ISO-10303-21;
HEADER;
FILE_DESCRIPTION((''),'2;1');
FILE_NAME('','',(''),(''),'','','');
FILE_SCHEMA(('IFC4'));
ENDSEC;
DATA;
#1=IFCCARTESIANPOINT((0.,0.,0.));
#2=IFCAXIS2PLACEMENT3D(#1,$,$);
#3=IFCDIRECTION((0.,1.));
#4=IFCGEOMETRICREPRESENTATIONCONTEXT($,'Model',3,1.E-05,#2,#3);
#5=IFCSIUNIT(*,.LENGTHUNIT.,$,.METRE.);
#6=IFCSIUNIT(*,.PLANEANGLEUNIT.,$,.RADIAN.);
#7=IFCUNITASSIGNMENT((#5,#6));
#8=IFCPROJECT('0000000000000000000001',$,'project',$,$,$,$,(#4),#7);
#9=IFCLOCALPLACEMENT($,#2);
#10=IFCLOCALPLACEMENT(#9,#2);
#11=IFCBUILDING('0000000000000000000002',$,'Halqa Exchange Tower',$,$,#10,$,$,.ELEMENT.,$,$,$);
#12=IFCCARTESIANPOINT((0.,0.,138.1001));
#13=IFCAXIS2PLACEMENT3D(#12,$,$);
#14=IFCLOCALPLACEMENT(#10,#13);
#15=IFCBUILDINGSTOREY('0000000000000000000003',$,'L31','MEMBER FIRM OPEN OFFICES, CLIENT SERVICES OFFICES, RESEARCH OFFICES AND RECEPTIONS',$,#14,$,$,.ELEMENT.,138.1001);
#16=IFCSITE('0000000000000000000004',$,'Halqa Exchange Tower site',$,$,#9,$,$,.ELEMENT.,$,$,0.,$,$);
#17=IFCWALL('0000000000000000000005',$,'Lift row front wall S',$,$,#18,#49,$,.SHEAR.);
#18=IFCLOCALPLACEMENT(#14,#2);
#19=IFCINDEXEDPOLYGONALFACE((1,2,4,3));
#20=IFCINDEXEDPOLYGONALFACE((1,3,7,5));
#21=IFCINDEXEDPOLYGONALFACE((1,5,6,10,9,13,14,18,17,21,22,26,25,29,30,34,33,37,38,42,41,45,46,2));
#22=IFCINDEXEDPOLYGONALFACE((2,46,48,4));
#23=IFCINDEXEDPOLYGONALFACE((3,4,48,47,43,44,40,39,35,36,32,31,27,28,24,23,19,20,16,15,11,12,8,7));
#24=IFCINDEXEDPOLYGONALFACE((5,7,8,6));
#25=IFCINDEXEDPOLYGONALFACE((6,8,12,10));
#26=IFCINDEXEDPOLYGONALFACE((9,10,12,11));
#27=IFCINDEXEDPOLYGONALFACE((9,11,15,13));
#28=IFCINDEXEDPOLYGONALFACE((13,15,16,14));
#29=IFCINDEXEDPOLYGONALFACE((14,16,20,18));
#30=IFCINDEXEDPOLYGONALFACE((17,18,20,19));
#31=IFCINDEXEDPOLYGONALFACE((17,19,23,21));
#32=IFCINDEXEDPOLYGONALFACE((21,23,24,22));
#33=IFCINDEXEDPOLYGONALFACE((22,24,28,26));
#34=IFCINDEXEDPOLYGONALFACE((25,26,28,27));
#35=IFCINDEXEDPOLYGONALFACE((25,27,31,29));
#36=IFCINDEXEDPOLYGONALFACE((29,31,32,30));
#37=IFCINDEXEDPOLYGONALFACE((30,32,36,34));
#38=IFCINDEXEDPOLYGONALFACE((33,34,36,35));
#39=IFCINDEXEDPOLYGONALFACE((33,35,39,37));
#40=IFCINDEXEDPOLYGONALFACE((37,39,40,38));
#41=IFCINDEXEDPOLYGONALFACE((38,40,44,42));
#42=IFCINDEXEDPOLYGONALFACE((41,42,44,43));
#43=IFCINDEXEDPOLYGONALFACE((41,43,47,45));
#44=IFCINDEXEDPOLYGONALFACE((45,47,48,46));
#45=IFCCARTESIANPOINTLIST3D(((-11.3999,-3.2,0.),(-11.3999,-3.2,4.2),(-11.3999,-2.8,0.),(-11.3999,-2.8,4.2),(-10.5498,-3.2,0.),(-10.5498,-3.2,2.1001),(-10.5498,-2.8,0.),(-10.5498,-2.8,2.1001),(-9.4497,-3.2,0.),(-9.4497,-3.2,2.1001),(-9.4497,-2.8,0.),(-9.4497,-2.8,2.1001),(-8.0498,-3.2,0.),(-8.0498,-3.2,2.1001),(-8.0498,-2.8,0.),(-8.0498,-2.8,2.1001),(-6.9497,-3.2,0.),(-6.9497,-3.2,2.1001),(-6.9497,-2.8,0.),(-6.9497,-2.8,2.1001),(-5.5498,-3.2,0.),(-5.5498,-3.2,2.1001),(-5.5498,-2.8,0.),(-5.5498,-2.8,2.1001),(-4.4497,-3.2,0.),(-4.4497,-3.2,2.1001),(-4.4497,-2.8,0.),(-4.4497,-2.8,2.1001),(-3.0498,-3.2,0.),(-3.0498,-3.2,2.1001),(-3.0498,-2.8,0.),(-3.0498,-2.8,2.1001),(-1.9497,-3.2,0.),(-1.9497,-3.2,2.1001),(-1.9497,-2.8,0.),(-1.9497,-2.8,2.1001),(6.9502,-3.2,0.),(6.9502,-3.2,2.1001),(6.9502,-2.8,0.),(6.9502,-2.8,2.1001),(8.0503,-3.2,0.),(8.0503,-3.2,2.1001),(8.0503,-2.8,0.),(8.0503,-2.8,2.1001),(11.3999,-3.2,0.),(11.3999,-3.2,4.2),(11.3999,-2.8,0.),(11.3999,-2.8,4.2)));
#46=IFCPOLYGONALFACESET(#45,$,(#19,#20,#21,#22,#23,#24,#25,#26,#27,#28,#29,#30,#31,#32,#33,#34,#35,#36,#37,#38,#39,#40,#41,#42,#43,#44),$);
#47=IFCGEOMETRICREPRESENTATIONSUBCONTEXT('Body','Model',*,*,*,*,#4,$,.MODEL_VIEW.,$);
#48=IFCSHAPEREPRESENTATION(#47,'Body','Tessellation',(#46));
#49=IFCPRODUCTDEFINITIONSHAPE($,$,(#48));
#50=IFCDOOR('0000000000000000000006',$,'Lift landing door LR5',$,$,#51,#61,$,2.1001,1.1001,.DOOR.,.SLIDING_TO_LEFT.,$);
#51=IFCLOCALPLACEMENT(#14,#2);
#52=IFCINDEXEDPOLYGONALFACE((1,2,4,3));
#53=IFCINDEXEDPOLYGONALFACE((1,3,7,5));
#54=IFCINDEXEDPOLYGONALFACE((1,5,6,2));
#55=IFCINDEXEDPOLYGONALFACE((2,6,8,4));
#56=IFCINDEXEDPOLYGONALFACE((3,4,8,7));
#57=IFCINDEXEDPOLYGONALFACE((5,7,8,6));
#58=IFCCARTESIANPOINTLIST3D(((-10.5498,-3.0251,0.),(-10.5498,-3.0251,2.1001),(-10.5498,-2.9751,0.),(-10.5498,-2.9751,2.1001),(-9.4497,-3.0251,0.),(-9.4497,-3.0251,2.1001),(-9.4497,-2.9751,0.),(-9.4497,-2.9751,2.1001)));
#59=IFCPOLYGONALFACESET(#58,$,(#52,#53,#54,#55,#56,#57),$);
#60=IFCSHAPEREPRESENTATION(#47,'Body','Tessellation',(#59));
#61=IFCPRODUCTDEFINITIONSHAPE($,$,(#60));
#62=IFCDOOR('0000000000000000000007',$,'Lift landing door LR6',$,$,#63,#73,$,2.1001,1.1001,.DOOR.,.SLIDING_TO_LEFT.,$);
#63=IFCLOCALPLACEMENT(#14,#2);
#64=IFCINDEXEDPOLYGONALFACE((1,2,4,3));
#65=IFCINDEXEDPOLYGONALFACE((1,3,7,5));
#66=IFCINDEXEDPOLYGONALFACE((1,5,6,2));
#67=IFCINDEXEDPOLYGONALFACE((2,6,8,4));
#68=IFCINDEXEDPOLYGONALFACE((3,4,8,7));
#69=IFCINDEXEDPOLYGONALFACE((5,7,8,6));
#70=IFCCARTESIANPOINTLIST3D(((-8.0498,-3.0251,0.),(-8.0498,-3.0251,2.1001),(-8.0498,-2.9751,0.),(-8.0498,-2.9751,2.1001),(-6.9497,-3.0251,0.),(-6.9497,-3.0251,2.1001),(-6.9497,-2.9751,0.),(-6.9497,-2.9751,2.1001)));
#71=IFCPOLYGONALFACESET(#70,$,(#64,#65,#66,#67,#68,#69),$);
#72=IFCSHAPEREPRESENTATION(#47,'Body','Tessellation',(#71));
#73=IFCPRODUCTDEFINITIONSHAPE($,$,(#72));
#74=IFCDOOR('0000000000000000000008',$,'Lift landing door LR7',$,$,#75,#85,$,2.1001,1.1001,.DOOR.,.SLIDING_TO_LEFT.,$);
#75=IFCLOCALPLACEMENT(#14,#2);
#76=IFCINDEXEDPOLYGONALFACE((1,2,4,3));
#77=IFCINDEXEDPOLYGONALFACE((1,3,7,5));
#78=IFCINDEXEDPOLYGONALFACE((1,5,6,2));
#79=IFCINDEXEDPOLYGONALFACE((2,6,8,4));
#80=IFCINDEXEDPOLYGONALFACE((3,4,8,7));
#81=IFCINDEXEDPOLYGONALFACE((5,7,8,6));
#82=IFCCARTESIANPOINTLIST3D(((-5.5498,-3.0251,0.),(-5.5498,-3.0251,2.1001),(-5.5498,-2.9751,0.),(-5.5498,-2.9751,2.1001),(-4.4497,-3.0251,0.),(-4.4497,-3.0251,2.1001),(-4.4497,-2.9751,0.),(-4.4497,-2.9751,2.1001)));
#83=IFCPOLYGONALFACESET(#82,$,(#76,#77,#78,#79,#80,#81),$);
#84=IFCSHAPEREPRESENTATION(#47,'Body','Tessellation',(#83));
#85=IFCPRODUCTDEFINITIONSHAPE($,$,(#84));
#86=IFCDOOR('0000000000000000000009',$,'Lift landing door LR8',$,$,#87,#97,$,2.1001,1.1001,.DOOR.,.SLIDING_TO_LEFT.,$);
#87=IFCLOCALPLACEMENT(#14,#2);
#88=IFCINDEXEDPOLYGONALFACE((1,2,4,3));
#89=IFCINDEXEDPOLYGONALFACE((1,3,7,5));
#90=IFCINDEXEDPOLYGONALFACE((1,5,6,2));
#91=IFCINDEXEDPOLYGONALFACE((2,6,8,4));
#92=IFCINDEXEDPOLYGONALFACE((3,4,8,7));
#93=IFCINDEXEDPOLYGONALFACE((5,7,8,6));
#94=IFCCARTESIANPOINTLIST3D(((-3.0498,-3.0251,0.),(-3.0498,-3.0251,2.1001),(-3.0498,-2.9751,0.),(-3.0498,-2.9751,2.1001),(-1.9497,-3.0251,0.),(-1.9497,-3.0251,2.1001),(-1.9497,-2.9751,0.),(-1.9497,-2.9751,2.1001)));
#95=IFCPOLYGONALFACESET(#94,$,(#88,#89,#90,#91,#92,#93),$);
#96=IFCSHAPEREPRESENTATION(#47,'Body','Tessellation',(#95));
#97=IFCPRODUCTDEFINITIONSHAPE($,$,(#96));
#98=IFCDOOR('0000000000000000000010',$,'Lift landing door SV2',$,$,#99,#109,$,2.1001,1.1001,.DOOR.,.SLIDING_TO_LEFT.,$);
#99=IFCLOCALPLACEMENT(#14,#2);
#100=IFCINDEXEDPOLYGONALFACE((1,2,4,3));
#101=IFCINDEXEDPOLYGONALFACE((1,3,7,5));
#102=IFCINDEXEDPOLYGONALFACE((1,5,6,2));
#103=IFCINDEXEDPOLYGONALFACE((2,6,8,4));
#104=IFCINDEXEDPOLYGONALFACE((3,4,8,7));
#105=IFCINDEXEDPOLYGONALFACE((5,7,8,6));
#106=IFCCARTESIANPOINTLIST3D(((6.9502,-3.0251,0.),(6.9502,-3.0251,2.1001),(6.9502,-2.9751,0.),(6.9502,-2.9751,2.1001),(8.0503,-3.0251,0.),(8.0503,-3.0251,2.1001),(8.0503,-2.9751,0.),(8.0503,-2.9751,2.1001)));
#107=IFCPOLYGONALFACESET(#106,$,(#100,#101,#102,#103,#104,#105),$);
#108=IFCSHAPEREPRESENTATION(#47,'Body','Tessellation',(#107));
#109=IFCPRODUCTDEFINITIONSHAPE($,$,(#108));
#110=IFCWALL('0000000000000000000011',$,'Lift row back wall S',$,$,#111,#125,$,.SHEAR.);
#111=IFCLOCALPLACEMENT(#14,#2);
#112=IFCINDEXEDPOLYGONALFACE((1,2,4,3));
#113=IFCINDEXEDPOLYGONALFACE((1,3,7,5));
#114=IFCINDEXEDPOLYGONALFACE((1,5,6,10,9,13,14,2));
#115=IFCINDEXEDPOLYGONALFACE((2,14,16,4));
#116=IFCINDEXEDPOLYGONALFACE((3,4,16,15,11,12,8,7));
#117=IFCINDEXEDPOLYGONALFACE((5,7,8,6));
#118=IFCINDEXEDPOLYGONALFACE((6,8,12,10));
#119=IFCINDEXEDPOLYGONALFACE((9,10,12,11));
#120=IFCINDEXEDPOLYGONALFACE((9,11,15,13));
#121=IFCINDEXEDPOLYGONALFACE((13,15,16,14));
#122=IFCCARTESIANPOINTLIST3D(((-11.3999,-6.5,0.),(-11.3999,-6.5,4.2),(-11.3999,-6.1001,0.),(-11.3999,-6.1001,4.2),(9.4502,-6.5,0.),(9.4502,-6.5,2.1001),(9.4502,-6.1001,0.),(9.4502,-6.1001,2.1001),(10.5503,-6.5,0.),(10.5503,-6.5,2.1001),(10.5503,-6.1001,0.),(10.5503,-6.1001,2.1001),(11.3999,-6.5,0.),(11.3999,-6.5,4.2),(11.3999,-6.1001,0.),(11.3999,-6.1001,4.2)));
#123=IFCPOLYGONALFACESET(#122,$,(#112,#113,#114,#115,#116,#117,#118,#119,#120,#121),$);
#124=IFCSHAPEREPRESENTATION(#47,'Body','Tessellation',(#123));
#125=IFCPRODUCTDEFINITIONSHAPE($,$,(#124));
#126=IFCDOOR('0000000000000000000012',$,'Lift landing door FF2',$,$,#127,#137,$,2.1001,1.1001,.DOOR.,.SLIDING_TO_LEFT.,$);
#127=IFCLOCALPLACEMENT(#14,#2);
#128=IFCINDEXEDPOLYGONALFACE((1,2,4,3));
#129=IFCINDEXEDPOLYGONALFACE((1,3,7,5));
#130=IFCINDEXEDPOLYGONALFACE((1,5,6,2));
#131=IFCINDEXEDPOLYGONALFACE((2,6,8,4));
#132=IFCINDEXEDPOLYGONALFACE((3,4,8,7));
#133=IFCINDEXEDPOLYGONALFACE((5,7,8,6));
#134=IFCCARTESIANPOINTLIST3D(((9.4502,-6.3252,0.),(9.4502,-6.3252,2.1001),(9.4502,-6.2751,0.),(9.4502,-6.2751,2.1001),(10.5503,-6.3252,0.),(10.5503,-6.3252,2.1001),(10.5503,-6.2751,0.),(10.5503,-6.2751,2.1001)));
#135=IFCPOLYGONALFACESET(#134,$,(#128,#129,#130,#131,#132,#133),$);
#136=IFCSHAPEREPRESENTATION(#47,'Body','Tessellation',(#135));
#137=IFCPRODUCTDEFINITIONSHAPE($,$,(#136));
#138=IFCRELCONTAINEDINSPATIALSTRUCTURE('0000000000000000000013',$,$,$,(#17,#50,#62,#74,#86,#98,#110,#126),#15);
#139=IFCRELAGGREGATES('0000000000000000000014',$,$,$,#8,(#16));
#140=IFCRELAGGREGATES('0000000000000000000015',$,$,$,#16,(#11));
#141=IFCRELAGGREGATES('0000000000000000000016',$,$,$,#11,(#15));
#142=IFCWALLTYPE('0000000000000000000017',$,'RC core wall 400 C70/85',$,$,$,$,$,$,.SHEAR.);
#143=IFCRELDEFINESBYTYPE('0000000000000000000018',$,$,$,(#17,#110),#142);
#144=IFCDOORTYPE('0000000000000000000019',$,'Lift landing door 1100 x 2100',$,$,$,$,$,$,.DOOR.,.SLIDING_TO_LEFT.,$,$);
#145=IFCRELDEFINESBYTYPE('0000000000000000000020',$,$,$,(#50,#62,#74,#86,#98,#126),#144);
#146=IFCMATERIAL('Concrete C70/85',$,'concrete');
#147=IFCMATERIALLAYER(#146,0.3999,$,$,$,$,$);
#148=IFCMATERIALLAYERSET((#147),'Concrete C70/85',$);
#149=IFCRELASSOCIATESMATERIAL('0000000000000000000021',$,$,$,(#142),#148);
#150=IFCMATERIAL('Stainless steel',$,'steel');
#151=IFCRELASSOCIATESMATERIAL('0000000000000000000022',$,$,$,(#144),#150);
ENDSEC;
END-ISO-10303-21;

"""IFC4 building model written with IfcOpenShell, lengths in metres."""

from ifc_helpers import new_model, si_unit, direction, frame, frame_2d, origin, place, context, subcontext, project, spatial, rectangle, extrude, material, layer, layer_set, type_object, element, fill, save


model = new_model("IFC4")

# Units and contexts
model_context = context("Model", 3, precision=1e-05, world=origin(), true_north=direction((0.0, 1.0)))
body_context = subcontext(model_context, "Body", "Model", "MODEL_VIEW")
ifc_project = project(units=[si_unit("LENGTHUNIT", "METRE"), si_unit("PLANEANGLEUNIT", "RADIAN")], contexts=[model_context])

# Site, building, storey
site_placement = place(None, origin())
site = spatial("IfcSite", under=ifc_project, at=site_placement, Name="Halqa Exchange Tower site", CompositionType="ELEMENT", RefElevation=0.0)
building_placement = place(site_placement, origin())
building = spatial("IfcBuilding", under=site, at=building_placement, Name="Halqa Exchange Tower", CompositionType="ELEMENT")
storey_placement = place(building_placement, frame((0.0, 0.0, 138.1001)))
storey = spatial("IfcBuildingStorey", under=building, at=storey_placement, Name="L31", Description="MEMBER FIRM OPEN OFFICES, CLIENT SERVICES OFFICES, RESEARCH OFFICES AND RECEPTIONS", CompositionType="ELEMENT", Elevation=138.1001)

# Wall, openings, doors
ifc_material_1 = material(Name="Concrete C70/85", Category="concrete")
ifc_layer_1 = layer(ifc_material_1, 0.3999)
ifc_layer_set_1 = layer_set([ifc_layer_1], Name="Concrete C70/85")
wall_type_1 = type_object("IfcWallType", Name="RC core wall 400 C70/85", PredefinedType="SHEAR", material=ifc_layer_set_1)
wall_1_placement = place(storey_placement, frame((-11.3999, -3.0, 0.0), z_axis=(0.0, 0.0, 1.0), x_axis=(1.0, 0.0, 0.0)))
wall_1 = element("IfcWall", 1, at=wall_1_placement, inside=storey, type_object=wall_type_1, Name="Lift row front wall S", PredefinedType="SHEAR", context=body_context, shape_type="SweptSolid", body=[
    extrude(rectangle(XDim=22.7998, YDim=0.3999, at=frame_2d((11.3999, 0.0))), origin(), (0.0, 0.0, 1.0), 4.2),
])
opening_1_placement = place(wall_1_placement, frame((0.8501, 0.0, 0.0)))
opening_1 = element("IfcOpeningElement", 2, at=opening_1_placement, cuts=wall_1, PredefinedType="OPENING", context=body_context, shape_type="SweptSolid", body=[
    extrude(rectangle(XDim=1.1001, YDim=2.1001, at=frame_2d((0.55, 1.05))), frame((0.0, 0.2119, 0.0), z_axis=(0.0, -1.0, 0.0), x_axis=(1.0, 0.0, 0.0)), (0.0, 0.0, 1.0), 0.4238),
])
opening_2_placement = place(wall_1_placement, frame((3.3501, 0.0, 0.0)))
opening_2 = element("IfcOpeningElement", 3, at=opening_2_placement, cuts=wall_1, PredefinedType="OPENING", context=body_context, shape_type="SweptSolid", body=[
    extrude(rectangle(XDim=1.1001, YDim=2.1001, at=frame_2d((0.55, 1.05))), frame((0.0, 0.2119, 0.0), z_axis=(0.0, -1.0, 0.0), x_axis=(1.0, 0.0, 0.0)), (0.0, 0.0, 1.0), 0.4238),
])
opening_3_placement = place(wall_1_placement, frame((5.8501, 0.0, 0.0)))
opening_3 = element("IfcOpeningElement", 4, at=opening_3_placement, cuts=wall_1, PredefinedType="OPENING", context=body_context, shape_type="SweptSolid", body=[
    extrude(rectangle(XDim=1.1001, YDim=2.1001, at=frame_2d((0.55, 1.05))), frame((0.0, 0.2119, 0.0), z_axis=(0.0, -1.0, 0.0), x_axis=(1.0, 0.0, 0.0)), (0.0, 0.0, 1.0), 0.4238),
])
opening_4_placement = place(wall_1_placement, frame((8.3501, 0.0, 0.0)))
opening_4 = element("IfcOpeningElement", 5, at=opening_4_placement, cuts=wall_1, PredefinedType="OPENING", context=body_context, shape_type="SweptSolid", body=[
    extrude(rectangle(XDim=1.1001, YDim=2.1001, at=frame_2d((0.55, 1.05))), frame((0.0, 0.2119, 0.0), z_axis=(0.0, -1.0, 0.0), x_axis=(1.0, 0.0, 0.0)), (0.0, 0.0, 1.0), 0.4238),
])
opening_5_placement = place(wall_1_placement, frame((18.3501, 0.0, 0.0)))
opening_5 = element("IfcOpeningElement", 6, at=opening_5_placement, cuts=wall_1, PredefinedType="OPENING", context=body_context, shape_type="SweptSolid", body=[
    extrude(rectangle(XDim=1.1001, YDim=2.1001, at=frame_2d((0.55, 1.05))), frame((0.0, 0.2119, 0.0), z_axis=(0.0, -1.0, 0.0), x_axis=(1.0, 0.0, 0.0)), (0.0, 0.0, 1.0), 0.4238),
])
ifc_material_2 = material(Name="Stainless steel", Category="steel")
door_type = type_object("IfcDoorType", Name="Lift landing door 1100 x 2100", OperationType="SLIDING_TO_LEFT", PredefinedType="DOOR", material=ifc_material_2)
door_1_placement = place(opening_1_placement, origin())
door_1 = element("IfcDoor", 7, at=door_1_placement, inside=storey, type_object=door_type, Name="Lift landing door LR5", OperationType="SLIDING_TO_LEFT", OverallHeight=2.1001, OverallWidth=1.1001, PredefinedType="DOOR", context=body_context, shape_type="SweptSolid", body=[
    extrude(rectangle(XDim=1.1001, YDim=2.1001, at=frame_2d((0.55, 1.05))), frame((0.0, 0.0249, 0.0), z_axis=(0.0, -1.0, 0.0), x_axis=(1.0, 0.0, 0.0)), (0.0, 0.0, 1.0), 0.05),
])
fill(opening_1, door_1)
door_2_placement = place(opening_2_placement, origin())
door_2 = element("IfcDoor", 8, at=door_2_placement, inside=storey, type_object=door_type, Name="Lift landing door LR6", OperationType="SLIDING_TO_LEFT", OverallHeight=2.1001, OverallWidth=1.1001, PredefinedType="DOOR", context=body_context, shape_type="SweptSolid", body=[
    extrude(rectangle(XDim=1.1001, YDim=2.1001, at=frame_2d((0.55, 1.05))), frame((0.0, 0.0249, 0.0), z_axis=(0.0, -1.0, 0.0), x_axis=(1.0, 0.0, 0.0)), (0.0, 0.0, 1.0), 0.05),
])
fill(opening_2, door_2)
door_3_placement = place(opening_3_placement, origin())
door_3 = element("IfcDoor", 9, at=door_3_placement, inside=storey, type_object=door_type, Name="Lift landing door LR7", OperationType="SLIDING_TO_LEFT", OverallHeight=2.1001, OverallWidth=1.1001, PredefinedType="DOOR", context=body_context, shape_type="SweptSolid", body=[
    extrude(rectangle(XDim=1.1001, YDim=2.1001, at=frame_2d((0.55, 1.05))), frame((0.0, 0.0249, 0.0), z_axis=(0.0, -1.0, 0.0), x_axis=(1.0, 0.0, 0.0)), (0.0, 0.0, 1.0), 0.05),
])
fill(opening_3, door_3)
door_4_placement = place(opening_4_placement, origin())
door_4 = element("IfcDoor", 10, at=door_4_placement, inside=storey, type_object=door_type, Name="Lift landing door LR8", OperationType="SLIDING_TO_LEFT", OverallHeight=2.1001, OverallWidth=1.1001, PredefinedType="DOOR", context=body_context, shape_type="SweptSolid", body=[
    extrude(rectangle(XDim=1.1001, YDim=2.1001, at=frame_2d((0.55, 1.05))), frame((0.0, 0.0249, 0.0), z_axis=(0.0, -1.0, 0.0), x_axis=(1.0, 0.0, 0.0)), (0.0, 0.0, 1.0), 0.05),
])
fill(opening_4, door_4)
door_5_placement = place(opening_5_placement, origin())
door_5 = element("IfcDoor", 11, at=door_5_placement, inside=storey, type_object=door_type, Name="Lift landing door SV2", OperationType="SLIDING_TO_LEFT", OverallHeight=2.1001, OverallWidth=1.1001, PredefinedType="DOOR", context=body_context, shape_type="SweptSolid", body=[
    extrude(rectangle(XDim=1.1001, YDim=2.1001, at=frame_2d((0.55, 1.05))), frame((0.0, 0.0249, 0.0), z_axis=(0.0, -1.0, 0.0), x_axis=(1.0, 0.0, 0.0)), (0.0, 0.0, 1.0), 0.05),
])
fill(opening_5, door_5)

# Wall, opening, door
wall_2_placement = place(storey_placement, frame((-11.3999, -6.3, 0.0), z_axis=(0.0, 0.0, 1.0), x_axis=(1.0, 0.0, 0.0)))
wall_2 = element("IfcWall", 12, at=wall_2_placement, inside=storey, type_object=wall_type_1, Name="Lift row back wall S", PredefinedType="SHEAR", context=body_context, shape_type="SweptSolid", body=[
    extrude(rectangle(XDim=22.7998, YDim=0.3999, at=frame_2d((11.3999, 0.0))), origin(), (0.0, 0.0, 1.0), 4.2),
])
opening_6_placement = place(wall_2_placement, frame((20.8501, 0.0, 0.0)))
opening_6 = element("IfcOpeningElement", 13, at=opening_6_placement, cuts=wall_2, PredefinedType="OPENING", context=body_context, shape_type="SweptSolid", body=[
    extrude(rectangle(XDim=1.1001, YDim=2.1001, at=frame_2d((0.55, 1.05))), frame((0.0, 0.2119, 0.0), z_axis=(0.0, -1.0, 0.0), x_axis=(1.0, 0.0, 0.0)), (0.0, 0.0, 1.0), 0.4238),
])
door_6_placement = place(opening_6_placement, origin())
door_6 = element("IfcDoor", 14, at=door_6_placement, inside=storey, type_object=door_type, Name="Lift landing door FF2", OperationType="SLIDING_TO_LEFT", OverallHeight=2.1001, OverallWidth=1.1001, PredefinedType="DOOR", context=body_context, shape_type="SweptSolid", body=[
    extrude(rectangle(XDim=1.1001, YDim=2.1001, at=frame_2d((0.55, 1.05))), frame((0.0, 0.0249, 0.0), z_axis=(0.0, -1.0, 0.0), x_axis=(1.0, 0.0, 0.0)), (0.0, 0.0, 1.0), 0.05),
])
fill(opening_6, door_6)

save(model, "model.ifc")
